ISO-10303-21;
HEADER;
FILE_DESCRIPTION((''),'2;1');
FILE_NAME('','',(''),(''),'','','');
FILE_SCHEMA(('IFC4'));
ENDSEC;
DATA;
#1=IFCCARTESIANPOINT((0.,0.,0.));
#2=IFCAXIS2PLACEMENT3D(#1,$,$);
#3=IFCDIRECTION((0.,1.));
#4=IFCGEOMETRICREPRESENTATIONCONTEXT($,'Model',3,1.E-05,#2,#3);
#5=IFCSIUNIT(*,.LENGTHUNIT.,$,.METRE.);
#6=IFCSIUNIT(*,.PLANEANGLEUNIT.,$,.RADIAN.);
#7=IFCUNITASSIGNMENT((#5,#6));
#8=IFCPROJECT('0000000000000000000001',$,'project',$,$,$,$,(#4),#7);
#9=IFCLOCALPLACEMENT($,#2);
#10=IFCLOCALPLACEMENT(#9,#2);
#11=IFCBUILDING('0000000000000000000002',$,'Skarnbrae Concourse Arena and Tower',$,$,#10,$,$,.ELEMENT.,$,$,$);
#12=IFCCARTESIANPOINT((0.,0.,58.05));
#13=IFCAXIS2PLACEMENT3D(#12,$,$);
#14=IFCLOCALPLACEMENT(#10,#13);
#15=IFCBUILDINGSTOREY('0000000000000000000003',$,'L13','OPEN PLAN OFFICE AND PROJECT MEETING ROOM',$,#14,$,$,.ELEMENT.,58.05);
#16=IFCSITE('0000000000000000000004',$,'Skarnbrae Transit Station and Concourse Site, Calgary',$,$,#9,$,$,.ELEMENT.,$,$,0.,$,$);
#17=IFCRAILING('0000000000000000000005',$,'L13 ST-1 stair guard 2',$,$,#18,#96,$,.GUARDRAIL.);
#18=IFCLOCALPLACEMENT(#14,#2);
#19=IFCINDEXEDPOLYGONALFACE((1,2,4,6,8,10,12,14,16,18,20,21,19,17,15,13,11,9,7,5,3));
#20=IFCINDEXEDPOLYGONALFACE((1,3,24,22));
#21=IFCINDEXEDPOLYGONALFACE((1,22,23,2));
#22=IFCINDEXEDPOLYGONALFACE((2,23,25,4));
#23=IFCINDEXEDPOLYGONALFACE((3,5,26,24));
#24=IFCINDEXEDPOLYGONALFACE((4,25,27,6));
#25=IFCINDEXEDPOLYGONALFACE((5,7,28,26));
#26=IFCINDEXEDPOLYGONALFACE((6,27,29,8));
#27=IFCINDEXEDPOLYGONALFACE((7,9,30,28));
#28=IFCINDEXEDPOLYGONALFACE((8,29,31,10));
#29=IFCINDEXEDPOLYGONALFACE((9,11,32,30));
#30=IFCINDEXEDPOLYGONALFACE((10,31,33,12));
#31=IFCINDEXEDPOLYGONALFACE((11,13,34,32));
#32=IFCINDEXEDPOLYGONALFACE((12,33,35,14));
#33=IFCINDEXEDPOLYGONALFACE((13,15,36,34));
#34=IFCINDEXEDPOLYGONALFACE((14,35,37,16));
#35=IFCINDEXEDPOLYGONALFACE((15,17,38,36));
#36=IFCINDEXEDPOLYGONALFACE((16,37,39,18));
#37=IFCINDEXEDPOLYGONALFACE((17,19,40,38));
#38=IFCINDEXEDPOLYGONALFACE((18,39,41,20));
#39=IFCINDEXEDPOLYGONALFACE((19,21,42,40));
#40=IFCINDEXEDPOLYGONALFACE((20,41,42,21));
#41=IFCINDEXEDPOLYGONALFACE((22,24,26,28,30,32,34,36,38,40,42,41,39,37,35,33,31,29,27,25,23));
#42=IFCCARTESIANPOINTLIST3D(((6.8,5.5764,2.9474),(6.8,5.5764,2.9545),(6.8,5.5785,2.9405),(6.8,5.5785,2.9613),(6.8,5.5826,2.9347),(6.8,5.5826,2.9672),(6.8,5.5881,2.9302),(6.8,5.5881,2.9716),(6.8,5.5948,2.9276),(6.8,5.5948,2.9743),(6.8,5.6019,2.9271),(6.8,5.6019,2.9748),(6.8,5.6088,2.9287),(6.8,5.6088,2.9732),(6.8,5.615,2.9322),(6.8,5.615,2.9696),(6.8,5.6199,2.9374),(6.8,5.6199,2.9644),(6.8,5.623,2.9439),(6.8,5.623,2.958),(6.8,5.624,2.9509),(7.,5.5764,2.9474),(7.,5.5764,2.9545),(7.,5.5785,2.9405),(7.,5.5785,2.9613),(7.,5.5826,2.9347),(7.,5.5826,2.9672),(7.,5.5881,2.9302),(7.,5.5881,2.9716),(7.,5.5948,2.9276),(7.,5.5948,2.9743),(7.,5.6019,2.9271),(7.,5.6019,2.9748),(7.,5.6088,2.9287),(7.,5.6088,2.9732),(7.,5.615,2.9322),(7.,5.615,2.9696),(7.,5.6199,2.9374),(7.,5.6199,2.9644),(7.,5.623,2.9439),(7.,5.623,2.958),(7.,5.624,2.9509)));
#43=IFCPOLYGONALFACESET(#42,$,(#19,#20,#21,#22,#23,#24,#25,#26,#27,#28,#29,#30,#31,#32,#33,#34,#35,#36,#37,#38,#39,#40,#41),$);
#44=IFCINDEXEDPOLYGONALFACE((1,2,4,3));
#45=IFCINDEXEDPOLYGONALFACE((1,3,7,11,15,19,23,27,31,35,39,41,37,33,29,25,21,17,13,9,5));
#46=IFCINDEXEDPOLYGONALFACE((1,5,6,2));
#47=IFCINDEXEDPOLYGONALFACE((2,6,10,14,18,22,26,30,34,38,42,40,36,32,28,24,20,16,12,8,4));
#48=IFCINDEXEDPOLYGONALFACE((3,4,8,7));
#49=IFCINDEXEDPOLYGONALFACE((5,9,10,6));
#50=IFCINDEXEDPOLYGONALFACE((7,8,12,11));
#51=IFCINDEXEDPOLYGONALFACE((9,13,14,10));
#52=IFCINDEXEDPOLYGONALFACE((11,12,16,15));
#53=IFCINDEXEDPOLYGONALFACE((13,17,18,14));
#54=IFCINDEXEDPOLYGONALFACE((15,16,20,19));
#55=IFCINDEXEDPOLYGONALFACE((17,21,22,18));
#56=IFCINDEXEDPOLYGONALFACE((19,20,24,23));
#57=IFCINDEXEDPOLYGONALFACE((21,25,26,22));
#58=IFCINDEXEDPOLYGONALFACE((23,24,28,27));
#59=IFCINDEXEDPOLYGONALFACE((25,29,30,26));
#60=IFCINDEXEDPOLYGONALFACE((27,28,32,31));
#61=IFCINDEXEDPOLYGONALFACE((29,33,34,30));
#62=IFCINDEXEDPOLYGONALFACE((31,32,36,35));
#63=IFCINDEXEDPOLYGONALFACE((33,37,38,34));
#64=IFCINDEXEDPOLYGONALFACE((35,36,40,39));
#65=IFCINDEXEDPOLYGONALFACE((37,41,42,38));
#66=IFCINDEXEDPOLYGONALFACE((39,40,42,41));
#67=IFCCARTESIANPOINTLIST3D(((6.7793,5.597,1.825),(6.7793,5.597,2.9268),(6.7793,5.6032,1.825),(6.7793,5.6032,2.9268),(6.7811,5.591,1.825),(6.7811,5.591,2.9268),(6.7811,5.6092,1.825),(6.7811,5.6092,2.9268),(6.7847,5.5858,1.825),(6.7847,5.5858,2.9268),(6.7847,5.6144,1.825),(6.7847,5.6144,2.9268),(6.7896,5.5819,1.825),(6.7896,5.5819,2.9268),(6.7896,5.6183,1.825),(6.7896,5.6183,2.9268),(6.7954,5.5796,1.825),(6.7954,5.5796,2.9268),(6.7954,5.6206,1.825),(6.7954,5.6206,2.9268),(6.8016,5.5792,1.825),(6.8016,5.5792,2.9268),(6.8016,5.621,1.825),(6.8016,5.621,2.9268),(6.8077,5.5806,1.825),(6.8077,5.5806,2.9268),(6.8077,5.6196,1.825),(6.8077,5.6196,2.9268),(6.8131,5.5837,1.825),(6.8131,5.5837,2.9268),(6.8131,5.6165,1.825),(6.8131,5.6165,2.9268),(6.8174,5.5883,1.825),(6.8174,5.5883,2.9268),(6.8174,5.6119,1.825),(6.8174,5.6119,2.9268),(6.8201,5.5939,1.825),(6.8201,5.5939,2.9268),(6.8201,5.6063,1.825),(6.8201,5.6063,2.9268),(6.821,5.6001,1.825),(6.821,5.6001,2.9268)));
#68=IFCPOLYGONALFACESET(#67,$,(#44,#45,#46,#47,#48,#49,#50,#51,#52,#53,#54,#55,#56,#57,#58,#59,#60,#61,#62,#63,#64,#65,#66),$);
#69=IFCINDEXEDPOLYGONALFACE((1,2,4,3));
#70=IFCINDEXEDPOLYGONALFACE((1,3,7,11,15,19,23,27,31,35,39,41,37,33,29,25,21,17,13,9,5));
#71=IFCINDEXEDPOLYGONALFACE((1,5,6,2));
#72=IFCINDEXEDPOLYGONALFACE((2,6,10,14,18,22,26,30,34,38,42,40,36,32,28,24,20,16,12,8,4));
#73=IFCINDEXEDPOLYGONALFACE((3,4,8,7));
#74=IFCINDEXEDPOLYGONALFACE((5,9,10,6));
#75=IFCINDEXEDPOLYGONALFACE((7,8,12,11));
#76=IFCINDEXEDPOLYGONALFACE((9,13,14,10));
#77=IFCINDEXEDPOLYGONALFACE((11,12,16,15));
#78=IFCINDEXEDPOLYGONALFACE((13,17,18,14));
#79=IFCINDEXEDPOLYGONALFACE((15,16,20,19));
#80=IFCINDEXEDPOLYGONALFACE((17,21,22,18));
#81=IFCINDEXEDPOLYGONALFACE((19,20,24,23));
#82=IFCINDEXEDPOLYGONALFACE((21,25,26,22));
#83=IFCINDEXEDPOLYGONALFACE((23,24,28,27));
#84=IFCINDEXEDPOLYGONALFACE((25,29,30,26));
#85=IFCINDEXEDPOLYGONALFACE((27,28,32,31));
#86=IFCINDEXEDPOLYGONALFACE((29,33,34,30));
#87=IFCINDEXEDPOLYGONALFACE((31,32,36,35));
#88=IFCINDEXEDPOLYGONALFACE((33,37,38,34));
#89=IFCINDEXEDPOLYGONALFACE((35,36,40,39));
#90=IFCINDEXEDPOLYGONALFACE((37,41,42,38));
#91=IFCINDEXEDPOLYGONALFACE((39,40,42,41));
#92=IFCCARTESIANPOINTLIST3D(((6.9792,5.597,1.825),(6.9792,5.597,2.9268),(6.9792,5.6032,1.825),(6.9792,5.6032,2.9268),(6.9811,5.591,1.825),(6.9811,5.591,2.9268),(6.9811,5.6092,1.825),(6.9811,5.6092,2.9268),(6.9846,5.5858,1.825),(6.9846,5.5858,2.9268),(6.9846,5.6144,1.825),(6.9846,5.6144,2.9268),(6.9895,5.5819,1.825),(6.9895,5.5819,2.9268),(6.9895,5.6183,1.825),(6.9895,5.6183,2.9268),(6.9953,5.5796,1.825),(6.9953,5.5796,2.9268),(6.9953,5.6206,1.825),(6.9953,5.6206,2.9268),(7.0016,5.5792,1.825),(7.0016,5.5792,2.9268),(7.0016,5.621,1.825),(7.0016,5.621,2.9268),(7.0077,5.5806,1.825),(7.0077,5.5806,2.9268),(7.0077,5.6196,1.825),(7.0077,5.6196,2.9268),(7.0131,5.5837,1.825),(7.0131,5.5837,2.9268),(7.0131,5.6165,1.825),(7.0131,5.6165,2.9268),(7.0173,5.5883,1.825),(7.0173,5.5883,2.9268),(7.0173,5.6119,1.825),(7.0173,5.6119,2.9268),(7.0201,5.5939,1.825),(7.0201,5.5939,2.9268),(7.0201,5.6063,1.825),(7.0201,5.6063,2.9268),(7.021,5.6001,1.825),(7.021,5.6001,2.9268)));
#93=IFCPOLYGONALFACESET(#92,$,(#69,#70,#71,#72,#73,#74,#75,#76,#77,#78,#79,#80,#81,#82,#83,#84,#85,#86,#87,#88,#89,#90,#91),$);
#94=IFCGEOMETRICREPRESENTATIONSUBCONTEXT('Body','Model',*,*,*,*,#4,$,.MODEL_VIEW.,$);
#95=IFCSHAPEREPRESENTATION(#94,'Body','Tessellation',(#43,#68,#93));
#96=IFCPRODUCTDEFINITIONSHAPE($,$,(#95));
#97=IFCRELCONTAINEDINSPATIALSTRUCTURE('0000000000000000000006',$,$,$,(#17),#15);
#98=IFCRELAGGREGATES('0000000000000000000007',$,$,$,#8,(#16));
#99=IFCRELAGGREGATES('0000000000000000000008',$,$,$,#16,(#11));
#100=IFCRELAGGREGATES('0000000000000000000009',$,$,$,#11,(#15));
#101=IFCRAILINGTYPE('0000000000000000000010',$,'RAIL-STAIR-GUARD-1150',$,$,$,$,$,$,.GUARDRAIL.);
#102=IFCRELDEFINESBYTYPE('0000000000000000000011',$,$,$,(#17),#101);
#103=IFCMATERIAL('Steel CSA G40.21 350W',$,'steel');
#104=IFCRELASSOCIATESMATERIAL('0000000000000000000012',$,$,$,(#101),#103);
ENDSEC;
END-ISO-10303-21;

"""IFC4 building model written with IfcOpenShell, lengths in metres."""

from ifc_helpers import new_model, si_unit, direction, frame, origin, origin_2d, place, context, subcontext, project, spatial, circle, extrude, material, type_object, element, save


model = new_model("IFC4")

# Units and contexts
model_context = context("Model", 3, precision=1e-05, world=origin(), true_north=direction((0.0, 1.0)))
body_context = subcontext(model_context, "Body", "Model", "MODEL_VIEW")
ifc_project = project(units=[si_unit("LENGTHUNIT", "METRE"), si_unit("PLANEANGLEUNIT", "RADIAN")], contexts=[model_context])

# Site, building, storey
site_placement = place(None, origin())
site = spatial("IfcSite", under=ifc_project, at=site_placement, Name="Skarnbrae Transit Station and Concourse Site, Calgary", CompositionType="ELEMENT", RefElevation=0.0)
building_placement = place(site_placement, origin())
building = spatial("IfcBuilding", under=site, at=building_placement, Name="Skarnbrae Concourse Arena and Tower", CompositionType="ELEMENT")
storey_placement = place(building_placement, frame((0.0, 0.0, 58.05)))
storey = spatial("IfcBuildingStorey", under=building, at=storey_placement, Name="L13", Description="OPEN PLAN OFFICE AND PROJECT MEETING ROOM", CompositionType="ELEMENT", Elevation=58.05)

# Shared definitions
ifc_material_1 = material(Name="Steel CSA G40.21 350W", Category="steel")

# Railing
railing_type_1 = type_object("IfcRailingType", Name="RAIL-STAIR-GUARD-1150", PredefinedType="GUARDRAIL", material=ifc_material_1)
railing_1_placement = place(storey_placement, frame((6.8, 5.6001, 1.825)))
element("IfcRailing", 1, at=railing_1_placement, inside=storey, type_object=railing_type_1, Name="L13 ST-1 stair guard 2", PredefinedType="GUARDRAIL", context=body_context, shape_type="SweptSolid", body=[
    extrude(circle(Radius=0.0239, at=origin_2d()), frame((0.0, 0.0, 1.126), z_axis=(1.0, 0.0, 0.0), x_axis=(0.0, 1.0, 0.0)), (0.0, 0.0, 1.0), 0.2),
    extrude(circle(Radius=0.021, at=origin_2d()), origin(), (0.0, 0.0, 1.0), 1.1018),
    extrude(circle(Radius=0.021, at=origin_2d()), frame((0.2, 0.0, 0.0)), (0.0, 0.0, 1.0), 1.1018),
])

save(model, "model.ifc")
